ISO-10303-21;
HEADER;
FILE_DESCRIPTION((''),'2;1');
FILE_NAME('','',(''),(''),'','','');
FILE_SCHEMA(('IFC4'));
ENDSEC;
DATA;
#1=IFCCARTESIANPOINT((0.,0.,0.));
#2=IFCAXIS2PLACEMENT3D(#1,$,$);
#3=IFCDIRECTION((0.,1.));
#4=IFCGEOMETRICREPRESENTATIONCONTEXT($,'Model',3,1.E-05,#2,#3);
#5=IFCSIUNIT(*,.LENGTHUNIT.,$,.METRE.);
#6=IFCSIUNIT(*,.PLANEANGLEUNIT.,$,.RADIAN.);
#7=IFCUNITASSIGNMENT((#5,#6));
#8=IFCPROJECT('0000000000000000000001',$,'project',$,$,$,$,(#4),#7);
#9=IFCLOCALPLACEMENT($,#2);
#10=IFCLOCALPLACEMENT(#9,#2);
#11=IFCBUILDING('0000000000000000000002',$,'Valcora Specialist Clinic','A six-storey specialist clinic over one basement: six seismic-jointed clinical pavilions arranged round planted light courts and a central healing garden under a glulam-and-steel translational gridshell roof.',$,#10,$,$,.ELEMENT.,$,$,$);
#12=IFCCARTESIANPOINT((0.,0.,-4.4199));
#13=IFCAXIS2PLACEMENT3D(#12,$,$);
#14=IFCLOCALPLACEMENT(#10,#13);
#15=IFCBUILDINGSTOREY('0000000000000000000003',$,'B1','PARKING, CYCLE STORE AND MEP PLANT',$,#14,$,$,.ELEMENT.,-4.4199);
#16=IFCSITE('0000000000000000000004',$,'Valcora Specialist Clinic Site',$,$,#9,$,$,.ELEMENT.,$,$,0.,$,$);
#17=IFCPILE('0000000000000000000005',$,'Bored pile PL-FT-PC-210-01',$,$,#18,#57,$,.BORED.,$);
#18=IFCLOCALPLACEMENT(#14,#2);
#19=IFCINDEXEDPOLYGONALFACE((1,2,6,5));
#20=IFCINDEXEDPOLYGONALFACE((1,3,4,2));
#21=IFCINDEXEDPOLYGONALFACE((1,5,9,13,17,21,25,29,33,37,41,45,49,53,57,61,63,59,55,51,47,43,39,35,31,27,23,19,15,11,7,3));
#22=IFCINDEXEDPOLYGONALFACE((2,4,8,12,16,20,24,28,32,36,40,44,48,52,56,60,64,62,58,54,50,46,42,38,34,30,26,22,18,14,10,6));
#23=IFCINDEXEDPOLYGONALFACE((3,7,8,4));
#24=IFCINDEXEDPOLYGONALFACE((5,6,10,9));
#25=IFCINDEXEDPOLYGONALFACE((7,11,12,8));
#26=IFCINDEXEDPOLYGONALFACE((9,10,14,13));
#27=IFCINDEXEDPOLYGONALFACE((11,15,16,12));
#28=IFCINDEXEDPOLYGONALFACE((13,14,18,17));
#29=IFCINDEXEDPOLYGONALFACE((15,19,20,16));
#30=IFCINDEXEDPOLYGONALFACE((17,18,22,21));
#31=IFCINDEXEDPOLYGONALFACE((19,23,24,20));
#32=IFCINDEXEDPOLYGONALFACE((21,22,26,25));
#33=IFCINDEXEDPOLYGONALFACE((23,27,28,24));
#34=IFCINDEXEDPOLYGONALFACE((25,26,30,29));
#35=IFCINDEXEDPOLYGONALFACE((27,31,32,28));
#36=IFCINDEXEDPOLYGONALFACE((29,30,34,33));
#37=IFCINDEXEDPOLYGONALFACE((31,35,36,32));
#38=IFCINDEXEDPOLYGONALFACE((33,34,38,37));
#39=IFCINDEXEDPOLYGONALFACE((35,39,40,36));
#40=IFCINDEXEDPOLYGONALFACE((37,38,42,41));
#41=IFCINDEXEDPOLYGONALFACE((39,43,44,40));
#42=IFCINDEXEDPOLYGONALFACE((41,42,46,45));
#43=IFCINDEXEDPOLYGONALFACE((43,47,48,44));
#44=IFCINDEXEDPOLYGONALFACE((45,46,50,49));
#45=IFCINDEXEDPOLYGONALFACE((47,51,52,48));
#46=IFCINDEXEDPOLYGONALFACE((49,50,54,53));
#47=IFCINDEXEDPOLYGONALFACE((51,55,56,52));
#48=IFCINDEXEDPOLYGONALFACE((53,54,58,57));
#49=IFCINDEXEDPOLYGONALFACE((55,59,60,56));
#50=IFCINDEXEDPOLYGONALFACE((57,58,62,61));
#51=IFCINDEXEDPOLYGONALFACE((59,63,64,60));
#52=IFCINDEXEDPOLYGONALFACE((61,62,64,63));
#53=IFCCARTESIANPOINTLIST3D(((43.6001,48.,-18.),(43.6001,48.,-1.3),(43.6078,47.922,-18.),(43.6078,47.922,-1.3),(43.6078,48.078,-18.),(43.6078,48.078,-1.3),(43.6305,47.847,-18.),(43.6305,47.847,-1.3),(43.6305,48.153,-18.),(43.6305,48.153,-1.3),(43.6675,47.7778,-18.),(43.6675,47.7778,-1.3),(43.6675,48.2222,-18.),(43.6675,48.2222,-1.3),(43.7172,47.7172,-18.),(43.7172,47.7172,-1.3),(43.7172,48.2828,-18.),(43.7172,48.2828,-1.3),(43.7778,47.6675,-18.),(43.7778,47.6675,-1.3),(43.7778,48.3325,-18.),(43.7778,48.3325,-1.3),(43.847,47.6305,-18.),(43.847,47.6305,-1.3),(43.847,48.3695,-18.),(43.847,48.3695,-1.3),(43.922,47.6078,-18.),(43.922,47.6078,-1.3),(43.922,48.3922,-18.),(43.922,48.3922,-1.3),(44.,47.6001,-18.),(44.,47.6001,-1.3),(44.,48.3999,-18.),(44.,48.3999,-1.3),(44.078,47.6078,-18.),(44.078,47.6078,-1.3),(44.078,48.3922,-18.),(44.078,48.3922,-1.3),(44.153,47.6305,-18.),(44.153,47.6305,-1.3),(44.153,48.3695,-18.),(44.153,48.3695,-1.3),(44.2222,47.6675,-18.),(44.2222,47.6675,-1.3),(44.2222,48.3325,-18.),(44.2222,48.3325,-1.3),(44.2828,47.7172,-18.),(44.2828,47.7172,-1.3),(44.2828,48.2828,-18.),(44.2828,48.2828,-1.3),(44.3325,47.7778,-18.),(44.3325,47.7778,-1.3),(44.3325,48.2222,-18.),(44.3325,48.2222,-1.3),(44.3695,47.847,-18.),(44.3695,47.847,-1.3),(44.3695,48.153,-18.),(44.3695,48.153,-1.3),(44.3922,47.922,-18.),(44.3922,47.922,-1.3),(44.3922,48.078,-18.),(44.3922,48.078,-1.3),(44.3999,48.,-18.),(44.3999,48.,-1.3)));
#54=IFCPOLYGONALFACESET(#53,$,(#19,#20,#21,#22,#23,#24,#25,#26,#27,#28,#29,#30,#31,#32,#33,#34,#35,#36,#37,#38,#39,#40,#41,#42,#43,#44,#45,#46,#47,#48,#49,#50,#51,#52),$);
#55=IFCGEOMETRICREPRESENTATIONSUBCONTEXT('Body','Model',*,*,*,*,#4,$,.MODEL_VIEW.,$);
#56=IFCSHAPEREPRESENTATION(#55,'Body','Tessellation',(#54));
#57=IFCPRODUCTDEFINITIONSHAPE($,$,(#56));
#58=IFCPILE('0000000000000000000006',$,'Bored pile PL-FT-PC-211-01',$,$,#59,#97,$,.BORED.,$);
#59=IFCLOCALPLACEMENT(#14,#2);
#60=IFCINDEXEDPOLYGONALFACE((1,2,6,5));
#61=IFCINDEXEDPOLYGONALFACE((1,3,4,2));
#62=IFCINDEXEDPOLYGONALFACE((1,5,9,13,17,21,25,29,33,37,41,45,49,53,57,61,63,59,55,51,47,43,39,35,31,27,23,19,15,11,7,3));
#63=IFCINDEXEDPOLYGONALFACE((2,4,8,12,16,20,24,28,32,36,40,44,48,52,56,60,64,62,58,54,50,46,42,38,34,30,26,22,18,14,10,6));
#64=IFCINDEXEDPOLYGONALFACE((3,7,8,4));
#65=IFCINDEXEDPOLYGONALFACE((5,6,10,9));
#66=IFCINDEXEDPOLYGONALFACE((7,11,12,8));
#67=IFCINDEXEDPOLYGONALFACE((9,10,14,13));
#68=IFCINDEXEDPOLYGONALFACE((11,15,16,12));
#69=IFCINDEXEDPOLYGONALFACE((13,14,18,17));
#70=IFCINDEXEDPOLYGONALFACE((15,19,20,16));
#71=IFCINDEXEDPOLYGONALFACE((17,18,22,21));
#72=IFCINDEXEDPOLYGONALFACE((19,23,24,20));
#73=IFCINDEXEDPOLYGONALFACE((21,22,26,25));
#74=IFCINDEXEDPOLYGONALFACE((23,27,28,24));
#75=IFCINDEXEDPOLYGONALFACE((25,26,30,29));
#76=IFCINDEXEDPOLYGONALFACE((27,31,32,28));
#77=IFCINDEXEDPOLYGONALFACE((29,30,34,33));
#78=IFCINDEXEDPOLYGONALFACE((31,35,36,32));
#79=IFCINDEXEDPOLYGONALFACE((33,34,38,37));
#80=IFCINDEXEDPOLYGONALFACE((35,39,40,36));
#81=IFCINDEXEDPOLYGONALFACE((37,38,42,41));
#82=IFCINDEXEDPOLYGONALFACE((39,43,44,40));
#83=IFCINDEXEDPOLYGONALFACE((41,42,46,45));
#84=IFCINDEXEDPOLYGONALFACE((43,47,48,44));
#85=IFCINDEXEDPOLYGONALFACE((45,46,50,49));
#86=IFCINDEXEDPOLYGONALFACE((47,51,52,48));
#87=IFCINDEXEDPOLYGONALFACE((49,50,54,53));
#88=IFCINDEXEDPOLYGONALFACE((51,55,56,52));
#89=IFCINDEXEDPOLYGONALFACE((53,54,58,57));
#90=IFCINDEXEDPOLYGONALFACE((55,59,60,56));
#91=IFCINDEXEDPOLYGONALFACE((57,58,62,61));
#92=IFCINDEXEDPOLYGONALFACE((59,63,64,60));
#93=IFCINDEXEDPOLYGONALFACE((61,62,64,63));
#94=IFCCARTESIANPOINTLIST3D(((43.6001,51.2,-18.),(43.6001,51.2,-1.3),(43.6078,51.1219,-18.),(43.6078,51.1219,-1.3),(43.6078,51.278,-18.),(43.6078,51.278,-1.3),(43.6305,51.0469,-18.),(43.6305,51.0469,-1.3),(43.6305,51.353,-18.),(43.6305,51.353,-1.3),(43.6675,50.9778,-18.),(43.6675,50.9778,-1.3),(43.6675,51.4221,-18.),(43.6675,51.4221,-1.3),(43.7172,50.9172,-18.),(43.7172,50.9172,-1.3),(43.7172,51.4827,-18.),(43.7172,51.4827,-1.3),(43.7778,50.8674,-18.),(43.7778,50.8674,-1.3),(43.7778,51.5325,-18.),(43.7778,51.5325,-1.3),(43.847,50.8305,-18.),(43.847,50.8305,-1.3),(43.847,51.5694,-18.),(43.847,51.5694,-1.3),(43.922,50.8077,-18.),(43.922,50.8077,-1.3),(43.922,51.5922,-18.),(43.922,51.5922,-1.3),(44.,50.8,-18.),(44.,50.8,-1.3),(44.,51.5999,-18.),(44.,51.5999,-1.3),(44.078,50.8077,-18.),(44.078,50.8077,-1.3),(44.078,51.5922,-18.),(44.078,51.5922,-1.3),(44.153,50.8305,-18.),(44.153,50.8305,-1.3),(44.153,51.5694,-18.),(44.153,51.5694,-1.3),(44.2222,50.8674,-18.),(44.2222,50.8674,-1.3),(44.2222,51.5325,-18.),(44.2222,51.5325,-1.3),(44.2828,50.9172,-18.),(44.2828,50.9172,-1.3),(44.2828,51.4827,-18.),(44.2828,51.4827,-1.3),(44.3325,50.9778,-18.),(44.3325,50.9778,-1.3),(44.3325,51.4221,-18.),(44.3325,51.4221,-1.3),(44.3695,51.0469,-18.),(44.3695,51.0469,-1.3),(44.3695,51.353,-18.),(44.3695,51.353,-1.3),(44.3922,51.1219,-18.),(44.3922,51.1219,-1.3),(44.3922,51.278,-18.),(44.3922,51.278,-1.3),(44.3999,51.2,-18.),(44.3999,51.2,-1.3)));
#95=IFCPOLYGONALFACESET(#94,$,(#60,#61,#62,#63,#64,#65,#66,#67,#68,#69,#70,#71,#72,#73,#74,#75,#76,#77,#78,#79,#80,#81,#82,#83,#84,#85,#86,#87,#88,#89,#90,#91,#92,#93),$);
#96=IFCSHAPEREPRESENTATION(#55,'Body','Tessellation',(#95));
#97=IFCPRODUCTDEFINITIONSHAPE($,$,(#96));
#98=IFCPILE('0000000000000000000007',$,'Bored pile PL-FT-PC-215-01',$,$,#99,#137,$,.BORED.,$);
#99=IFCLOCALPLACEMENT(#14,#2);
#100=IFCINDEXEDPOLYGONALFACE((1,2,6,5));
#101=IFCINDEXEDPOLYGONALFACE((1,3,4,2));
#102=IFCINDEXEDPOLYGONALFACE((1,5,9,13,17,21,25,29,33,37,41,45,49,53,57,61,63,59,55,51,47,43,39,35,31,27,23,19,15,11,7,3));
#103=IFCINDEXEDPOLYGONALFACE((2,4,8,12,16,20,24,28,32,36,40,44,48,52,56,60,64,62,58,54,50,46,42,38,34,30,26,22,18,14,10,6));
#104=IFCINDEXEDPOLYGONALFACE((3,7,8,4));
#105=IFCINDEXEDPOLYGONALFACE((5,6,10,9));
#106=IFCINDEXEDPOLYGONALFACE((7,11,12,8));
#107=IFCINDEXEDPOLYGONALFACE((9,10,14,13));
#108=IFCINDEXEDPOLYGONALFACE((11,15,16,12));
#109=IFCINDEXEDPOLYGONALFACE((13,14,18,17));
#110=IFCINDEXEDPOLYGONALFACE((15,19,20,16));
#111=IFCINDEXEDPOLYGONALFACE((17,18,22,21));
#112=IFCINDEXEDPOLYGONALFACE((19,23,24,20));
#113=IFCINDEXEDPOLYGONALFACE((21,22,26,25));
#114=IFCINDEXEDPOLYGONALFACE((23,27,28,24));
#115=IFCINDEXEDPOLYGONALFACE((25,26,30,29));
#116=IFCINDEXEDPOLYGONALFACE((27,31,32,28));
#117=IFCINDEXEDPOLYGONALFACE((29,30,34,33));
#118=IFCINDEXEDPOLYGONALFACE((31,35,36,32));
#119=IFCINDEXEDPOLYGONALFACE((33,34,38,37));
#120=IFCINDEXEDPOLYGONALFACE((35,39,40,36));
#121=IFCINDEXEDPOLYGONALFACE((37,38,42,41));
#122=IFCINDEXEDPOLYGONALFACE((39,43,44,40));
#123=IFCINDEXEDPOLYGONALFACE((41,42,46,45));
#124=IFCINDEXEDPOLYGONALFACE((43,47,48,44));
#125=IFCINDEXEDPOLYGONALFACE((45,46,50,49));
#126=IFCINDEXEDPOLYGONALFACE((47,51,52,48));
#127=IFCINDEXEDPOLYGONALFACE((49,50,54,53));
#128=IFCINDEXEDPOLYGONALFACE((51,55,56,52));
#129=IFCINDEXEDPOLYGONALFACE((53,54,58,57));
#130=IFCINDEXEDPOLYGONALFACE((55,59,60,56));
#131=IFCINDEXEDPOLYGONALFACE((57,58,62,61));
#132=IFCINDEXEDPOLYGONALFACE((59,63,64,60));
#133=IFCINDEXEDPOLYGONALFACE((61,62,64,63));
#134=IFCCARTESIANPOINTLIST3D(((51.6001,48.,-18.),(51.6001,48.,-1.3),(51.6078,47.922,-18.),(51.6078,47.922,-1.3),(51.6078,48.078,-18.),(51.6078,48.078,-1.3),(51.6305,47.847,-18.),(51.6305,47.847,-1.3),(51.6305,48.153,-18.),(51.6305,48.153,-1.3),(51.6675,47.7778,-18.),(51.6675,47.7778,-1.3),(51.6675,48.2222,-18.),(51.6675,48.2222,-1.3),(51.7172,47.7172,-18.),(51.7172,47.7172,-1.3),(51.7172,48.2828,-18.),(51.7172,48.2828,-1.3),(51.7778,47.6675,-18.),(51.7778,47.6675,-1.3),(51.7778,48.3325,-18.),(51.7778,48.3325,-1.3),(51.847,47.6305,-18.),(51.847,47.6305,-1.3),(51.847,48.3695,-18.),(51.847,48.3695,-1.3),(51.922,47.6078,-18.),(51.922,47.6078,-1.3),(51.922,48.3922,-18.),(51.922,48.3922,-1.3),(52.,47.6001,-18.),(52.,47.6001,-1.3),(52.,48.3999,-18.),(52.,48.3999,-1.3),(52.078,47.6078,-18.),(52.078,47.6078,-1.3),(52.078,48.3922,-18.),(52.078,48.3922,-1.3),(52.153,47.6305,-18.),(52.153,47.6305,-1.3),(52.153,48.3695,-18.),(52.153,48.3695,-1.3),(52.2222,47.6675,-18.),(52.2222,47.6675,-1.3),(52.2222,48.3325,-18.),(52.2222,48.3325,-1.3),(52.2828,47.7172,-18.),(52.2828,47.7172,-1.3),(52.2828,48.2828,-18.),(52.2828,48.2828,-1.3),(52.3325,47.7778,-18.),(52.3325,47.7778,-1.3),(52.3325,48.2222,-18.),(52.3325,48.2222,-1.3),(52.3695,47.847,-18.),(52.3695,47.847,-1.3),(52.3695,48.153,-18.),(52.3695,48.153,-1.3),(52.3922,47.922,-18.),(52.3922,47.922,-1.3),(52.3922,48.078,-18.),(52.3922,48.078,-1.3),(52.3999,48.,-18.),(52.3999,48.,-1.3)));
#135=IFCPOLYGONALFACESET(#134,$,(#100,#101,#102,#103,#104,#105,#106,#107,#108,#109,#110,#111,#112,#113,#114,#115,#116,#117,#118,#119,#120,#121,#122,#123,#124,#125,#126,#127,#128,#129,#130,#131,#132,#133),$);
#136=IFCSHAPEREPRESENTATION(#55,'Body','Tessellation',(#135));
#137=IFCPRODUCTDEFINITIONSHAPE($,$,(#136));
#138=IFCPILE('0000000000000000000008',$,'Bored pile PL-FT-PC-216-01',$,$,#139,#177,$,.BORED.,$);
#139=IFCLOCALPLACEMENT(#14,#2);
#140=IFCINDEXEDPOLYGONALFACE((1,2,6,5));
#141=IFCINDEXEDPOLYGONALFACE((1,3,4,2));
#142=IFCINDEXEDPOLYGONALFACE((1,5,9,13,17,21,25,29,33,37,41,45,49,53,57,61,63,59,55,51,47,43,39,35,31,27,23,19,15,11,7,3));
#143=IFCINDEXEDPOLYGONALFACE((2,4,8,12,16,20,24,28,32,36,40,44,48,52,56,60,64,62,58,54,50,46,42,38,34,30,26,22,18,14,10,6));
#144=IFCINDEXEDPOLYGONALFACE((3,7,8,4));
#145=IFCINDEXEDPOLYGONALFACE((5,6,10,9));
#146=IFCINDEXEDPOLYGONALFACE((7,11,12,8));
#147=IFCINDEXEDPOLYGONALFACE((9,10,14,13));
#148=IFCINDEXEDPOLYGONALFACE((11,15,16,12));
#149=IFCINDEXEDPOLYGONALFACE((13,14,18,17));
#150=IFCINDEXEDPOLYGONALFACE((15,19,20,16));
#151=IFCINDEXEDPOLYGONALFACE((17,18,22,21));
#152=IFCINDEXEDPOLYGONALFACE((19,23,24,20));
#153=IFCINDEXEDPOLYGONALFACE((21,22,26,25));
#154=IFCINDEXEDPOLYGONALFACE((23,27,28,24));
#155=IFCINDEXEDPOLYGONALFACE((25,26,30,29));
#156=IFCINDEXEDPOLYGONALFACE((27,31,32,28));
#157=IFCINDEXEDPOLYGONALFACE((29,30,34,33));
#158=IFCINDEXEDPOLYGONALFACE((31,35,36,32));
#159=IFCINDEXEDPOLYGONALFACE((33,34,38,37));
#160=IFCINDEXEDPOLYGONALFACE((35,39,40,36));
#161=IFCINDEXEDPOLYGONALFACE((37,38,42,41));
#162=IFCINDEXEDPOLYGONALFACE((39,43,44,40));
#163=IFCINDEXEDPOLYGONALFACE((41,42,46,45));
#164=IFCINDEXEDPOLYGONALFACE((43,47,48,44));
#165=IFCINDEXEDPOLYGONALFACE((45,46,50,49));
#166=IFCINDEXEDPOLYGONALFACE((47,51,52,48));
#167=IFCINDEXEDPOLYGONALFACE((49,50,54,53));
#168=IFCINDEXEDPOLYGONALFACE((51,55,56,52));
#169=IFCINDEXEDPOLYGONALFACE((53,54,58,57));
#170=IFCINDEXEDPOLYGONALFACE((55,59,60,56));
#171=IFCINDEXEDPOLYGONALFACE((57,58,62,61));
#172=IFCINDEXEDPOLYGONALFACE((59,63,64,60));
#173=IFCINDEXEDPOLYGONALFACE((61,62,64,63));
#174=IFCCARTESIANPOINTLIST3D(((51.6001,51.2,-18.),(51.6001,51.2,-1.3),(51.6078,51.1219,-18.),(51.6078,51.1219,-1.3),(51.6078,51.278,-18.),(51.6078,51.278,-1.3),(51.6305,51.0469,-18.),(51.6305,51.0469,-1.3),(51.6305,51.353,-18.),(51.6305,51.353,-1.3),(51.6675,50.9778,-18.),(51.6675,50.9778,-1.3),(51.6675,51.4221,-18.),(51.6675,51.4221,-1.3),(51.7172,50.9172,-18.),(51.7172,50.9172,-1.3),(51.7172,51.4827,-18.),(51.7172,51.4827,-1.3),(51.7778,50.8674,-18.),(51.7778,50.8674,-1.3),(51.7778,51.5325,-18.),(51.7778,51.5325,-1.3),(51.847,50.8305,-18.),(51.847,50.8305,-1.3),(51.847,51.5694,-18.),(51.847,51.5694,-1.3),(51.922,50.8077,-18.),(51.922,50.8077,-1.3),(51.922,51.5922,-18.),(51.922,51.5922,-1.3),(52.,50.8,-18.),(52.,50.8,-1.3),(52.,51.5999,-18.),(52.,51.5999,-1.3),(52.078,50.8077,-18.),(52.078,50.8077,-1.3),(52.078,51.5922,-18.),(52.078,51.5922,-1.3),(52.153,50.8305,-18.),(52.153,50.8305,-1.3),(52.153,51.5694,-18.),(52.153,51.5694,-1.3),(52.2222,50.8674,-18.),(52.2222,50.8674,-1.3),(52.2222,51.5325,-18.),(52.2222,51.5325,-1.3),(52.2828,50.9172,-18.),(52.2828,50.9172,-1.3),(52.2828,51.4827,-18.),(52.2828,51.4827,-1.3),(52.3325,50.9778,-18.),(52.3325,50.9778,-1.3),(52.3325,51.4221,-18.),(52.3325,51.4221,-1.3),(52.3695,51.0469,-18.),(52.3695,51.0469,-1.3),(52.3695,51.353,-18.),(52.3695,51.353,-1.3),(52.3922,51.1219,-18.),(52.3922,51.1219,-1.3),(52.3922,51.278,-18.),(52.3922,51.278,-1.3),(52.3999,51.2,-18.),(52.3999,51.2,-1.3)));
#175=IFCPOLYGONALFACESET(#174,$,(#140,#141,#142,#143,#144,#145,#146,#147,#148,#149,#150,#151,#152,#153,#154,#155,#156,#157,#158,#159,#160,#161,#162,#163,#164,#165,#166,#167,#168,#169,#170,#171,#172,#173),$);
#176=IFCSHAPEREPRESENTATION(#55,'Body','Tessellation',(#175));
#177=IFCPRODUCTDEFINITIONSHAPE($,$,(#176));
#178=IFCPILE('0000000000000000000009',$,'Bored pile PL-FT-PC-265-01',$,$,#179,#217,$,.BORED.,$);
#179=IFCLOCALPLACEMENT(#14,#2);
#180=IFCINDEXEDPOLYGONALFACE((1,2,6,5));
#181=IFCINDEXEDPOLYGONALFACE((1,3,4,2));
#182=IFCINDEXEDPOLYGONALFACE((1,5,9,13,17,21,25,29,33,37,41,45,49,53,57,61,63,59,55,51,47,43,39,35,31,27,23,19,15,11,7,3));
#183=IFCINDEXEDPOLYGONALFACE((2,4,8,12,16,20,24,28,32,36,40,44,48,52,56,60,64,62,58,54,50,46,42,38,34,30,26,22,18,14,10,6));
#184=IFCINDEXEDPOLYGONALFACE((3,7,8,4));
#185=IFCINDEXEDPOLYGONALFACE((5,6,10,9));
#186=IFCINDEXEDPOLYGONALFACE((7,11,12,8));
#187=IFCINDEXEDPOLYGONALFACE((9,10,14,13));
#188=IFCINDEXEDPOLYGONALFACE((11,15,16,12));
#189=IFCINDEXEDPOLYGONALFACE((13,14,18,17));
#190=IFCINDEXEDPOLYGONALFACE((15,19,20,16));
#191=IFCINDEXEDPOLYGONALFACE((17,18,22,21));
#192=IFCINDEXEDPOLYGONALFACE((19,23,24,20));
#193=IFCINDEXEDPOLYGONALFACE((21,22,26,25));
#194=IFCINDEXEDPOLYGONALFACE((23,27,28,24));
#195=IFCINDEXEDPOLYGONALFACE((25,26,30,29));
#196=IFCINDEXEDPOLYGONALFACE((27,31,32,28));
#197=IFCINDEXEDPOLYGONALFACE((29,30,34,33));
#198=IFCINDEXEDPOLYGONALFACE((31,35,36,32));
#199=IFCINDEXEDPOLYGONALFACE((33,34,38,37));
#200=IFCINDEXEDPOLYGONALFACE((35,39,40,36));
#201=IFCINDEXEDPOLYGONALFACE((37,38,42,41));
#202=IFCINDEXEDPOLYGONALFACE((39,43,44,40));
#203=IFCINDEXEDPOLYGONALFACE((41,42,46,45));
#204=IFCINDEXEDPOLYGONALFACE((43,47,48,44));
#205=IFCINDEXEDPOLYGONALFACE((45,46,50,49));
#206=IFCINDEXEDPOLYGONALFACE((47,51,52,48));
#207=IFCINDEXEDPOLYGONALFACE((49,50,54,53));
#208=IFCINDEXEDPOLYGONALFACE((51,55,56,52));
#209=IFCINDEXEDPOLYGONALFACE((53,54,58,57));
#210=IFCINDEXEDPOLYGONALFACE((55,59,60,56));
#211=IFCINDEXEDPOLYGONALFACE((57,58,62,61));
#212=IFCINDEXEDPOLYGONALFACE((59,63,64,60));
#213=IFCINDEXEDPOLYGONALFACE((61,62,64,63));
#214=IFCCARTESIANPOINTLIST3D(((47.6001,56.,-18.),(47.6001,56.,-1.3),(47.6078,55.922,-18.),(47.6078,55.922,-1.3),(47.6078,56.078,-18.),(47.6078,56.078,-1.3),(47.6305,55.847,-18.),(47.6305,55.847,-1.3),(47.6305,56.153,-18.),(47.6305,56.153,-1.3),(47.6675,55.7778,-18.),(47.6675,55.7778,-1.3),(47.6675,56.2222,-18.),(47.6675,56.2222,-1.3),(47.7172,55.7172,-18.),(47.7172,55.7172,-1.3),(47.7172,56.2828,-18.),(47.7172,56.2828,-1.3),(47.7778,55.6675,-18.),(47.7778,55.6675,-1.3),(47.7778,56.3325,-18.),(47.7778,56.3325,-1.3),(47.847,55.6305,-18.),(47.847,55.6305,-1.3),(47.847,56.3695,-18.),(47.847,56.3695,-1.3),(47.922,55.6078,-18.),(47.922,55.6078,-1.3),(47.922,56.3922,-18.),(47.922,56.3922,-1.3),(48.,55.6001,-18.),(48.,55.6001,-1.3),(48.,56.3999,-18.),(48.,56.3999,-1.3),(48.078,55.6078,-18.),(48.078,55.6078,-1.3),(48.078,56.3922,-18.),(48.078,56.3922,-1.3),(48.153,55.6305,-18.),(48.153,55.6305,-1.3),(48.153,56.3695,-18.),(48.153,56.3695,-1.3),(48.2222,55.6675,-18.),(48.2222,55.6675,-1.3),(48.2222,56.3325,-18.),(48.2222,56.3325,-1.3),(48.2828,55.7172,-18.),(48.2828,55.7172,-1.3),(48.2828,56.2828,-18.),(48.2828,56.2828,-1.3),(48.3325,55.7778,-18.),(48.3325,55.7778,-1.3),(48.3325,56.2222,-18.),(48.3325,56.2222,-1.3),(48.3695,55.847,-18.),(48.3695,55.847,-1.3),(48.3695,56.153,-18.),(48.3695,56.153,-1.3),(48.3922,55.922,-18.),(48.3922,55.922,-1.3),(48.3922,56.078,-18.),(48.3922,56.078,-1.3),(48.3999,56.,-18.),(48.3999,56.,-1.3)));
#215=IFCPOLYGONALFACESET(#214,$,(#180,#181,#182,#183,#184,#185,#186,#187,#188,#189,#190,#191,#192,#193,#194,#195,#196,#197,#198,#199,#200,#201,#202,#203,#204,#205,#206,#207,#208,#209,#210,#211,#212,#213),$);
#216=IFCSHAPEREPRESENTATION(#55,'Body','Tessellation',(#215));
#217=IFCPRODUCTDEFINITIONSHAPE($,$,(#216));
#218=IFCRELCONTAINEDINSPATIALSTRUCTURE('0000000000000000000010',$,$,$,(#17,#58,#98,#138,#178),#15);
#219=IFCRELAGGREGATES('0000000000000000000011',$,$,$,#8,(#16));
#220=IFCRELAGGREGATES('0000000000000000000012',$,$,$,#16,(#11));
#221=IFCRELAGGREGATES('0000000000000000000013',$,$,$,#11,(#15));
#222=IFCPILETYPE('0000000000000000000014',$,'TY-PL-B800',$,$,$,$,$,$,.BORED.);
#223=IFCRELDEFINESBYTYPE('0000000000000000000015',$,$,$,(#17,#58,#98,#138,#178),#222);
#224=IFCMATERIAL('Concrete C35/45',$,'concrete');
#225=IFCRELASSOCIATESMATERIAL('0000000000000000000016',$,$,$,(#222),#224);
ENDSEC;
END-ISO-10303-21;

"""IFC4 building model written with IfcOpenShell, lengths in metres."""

from ifc_helpers import new_model, si_unit, direction, frame, origin, origin_2d, place, context, subcontext, project, spatial, circle, extrude, material, material_profile, profile_set, type_object, element, save


model = new_model("IFC4")

# Units and contexts
model_context = context("Model", 3, precision=1e-05, world=origin(), true_north=direction((0.0, 1.0)))
body_context = subcontext(model_context, "Body", "Model", "MODEL_VIEW")
ifc_project = project(units=[si_unit("LENGTHUNIT", "METRE"), si_unit("PLANEANGLEUNIT", "RADIAN")], contexts=[model_context])

# Site, building, storey
site_placement = place(None, origin())
site = spatial("IfcSite", under=ifc_project, at=site_placement, Name="Valcora Specialist Clinic Site", CompositionType="ELEMENT", RefElevation=0.0)
building_placement = place(site_placement, origin())
building = spatial("IfcBuilding", under=site, at=building_placement, Name="Valcora Specialist Clinic", Description="A six-storey specialist clinic over one basement: six seismic-jointed clinical pavilions arranged round planted light courts and a central healing garden under a glulam-and-steel translational gridshell roof.", CompositionType="ELEMENT")
storey_placement = place(building_placement, frame((0.0, 0.0, -4.4199)))
storey = spatial("IfcBuildingStorey", under=building, at=storey_placement, Name="B1", Description="PARKING, CYCLE STORE AND MEP PLANT", CompositionType="ELEMENT", Elevation=-4.4199)

# Shared definitions
ifc_material_1 = material(Name="Concrete C35/45", Category="concrete")

# Piles
ifc_material_profile_1 = material_profile(ifc_material_1, circle(Radius=0.3999, at=origin_2d()), Name="RC-PIL-D800")
ifc_profile_set_1 = profile_set([ifc_material_profile_1], Name="Concrete C35/45")
pile_type_1 = type_object("IfcPileType", Name="TY-PL-B800", PredefinedType="BORED", material=ifc_profile_set_1)
for number, where, z_axis, x_axis, name in (
    (1, (44.0, 48.0, -1.3), (0.0, 0.0, -1.0), (1.0, 0.0, 0.0), "Bored pile PL-FT-PC-210-01"),
    (2, (44.0, 51.2, -1.3), (0.0, 0.0, -1.0), (1.0, 0.0, 0.0), "Bored pile PL-FT-PC-211-01"),
    (3, (52.0, 48.0, -1.3), (0.0, 0.0, -1.0), (1.0, 0.0, 0.0), "Bored pile PL-FT-PC-215-01"),
    (4, (52.0, 51.2, -1.3), (0.0, 0.0, -1.0), (1.0, 0.0, 0.0), "Bored pile PL-FT-PC-216-01"),
    (5, (48.0, 56.0, -1.3), (0.0, 0.0, -1.0), (1.0, 0.0, 0.0), "Bored pile PL-FT-PC-265-01"),
):
    element("IfcPile", number, at=place(storey_placement, frame(where, z_axis=z_axis, x_axis=x_axis)), inside=storey, type_object=pile_type_1, Name=name, PredefinedType="BORED", context=body_context, shape_type="SweptSolid", body=[
        extrude(circle(Radius=0.3999, at=origin_2d()), origin(), (0.0, 0.0, 1.0), 16.7),
    ])

save(model, "model.ifc")
